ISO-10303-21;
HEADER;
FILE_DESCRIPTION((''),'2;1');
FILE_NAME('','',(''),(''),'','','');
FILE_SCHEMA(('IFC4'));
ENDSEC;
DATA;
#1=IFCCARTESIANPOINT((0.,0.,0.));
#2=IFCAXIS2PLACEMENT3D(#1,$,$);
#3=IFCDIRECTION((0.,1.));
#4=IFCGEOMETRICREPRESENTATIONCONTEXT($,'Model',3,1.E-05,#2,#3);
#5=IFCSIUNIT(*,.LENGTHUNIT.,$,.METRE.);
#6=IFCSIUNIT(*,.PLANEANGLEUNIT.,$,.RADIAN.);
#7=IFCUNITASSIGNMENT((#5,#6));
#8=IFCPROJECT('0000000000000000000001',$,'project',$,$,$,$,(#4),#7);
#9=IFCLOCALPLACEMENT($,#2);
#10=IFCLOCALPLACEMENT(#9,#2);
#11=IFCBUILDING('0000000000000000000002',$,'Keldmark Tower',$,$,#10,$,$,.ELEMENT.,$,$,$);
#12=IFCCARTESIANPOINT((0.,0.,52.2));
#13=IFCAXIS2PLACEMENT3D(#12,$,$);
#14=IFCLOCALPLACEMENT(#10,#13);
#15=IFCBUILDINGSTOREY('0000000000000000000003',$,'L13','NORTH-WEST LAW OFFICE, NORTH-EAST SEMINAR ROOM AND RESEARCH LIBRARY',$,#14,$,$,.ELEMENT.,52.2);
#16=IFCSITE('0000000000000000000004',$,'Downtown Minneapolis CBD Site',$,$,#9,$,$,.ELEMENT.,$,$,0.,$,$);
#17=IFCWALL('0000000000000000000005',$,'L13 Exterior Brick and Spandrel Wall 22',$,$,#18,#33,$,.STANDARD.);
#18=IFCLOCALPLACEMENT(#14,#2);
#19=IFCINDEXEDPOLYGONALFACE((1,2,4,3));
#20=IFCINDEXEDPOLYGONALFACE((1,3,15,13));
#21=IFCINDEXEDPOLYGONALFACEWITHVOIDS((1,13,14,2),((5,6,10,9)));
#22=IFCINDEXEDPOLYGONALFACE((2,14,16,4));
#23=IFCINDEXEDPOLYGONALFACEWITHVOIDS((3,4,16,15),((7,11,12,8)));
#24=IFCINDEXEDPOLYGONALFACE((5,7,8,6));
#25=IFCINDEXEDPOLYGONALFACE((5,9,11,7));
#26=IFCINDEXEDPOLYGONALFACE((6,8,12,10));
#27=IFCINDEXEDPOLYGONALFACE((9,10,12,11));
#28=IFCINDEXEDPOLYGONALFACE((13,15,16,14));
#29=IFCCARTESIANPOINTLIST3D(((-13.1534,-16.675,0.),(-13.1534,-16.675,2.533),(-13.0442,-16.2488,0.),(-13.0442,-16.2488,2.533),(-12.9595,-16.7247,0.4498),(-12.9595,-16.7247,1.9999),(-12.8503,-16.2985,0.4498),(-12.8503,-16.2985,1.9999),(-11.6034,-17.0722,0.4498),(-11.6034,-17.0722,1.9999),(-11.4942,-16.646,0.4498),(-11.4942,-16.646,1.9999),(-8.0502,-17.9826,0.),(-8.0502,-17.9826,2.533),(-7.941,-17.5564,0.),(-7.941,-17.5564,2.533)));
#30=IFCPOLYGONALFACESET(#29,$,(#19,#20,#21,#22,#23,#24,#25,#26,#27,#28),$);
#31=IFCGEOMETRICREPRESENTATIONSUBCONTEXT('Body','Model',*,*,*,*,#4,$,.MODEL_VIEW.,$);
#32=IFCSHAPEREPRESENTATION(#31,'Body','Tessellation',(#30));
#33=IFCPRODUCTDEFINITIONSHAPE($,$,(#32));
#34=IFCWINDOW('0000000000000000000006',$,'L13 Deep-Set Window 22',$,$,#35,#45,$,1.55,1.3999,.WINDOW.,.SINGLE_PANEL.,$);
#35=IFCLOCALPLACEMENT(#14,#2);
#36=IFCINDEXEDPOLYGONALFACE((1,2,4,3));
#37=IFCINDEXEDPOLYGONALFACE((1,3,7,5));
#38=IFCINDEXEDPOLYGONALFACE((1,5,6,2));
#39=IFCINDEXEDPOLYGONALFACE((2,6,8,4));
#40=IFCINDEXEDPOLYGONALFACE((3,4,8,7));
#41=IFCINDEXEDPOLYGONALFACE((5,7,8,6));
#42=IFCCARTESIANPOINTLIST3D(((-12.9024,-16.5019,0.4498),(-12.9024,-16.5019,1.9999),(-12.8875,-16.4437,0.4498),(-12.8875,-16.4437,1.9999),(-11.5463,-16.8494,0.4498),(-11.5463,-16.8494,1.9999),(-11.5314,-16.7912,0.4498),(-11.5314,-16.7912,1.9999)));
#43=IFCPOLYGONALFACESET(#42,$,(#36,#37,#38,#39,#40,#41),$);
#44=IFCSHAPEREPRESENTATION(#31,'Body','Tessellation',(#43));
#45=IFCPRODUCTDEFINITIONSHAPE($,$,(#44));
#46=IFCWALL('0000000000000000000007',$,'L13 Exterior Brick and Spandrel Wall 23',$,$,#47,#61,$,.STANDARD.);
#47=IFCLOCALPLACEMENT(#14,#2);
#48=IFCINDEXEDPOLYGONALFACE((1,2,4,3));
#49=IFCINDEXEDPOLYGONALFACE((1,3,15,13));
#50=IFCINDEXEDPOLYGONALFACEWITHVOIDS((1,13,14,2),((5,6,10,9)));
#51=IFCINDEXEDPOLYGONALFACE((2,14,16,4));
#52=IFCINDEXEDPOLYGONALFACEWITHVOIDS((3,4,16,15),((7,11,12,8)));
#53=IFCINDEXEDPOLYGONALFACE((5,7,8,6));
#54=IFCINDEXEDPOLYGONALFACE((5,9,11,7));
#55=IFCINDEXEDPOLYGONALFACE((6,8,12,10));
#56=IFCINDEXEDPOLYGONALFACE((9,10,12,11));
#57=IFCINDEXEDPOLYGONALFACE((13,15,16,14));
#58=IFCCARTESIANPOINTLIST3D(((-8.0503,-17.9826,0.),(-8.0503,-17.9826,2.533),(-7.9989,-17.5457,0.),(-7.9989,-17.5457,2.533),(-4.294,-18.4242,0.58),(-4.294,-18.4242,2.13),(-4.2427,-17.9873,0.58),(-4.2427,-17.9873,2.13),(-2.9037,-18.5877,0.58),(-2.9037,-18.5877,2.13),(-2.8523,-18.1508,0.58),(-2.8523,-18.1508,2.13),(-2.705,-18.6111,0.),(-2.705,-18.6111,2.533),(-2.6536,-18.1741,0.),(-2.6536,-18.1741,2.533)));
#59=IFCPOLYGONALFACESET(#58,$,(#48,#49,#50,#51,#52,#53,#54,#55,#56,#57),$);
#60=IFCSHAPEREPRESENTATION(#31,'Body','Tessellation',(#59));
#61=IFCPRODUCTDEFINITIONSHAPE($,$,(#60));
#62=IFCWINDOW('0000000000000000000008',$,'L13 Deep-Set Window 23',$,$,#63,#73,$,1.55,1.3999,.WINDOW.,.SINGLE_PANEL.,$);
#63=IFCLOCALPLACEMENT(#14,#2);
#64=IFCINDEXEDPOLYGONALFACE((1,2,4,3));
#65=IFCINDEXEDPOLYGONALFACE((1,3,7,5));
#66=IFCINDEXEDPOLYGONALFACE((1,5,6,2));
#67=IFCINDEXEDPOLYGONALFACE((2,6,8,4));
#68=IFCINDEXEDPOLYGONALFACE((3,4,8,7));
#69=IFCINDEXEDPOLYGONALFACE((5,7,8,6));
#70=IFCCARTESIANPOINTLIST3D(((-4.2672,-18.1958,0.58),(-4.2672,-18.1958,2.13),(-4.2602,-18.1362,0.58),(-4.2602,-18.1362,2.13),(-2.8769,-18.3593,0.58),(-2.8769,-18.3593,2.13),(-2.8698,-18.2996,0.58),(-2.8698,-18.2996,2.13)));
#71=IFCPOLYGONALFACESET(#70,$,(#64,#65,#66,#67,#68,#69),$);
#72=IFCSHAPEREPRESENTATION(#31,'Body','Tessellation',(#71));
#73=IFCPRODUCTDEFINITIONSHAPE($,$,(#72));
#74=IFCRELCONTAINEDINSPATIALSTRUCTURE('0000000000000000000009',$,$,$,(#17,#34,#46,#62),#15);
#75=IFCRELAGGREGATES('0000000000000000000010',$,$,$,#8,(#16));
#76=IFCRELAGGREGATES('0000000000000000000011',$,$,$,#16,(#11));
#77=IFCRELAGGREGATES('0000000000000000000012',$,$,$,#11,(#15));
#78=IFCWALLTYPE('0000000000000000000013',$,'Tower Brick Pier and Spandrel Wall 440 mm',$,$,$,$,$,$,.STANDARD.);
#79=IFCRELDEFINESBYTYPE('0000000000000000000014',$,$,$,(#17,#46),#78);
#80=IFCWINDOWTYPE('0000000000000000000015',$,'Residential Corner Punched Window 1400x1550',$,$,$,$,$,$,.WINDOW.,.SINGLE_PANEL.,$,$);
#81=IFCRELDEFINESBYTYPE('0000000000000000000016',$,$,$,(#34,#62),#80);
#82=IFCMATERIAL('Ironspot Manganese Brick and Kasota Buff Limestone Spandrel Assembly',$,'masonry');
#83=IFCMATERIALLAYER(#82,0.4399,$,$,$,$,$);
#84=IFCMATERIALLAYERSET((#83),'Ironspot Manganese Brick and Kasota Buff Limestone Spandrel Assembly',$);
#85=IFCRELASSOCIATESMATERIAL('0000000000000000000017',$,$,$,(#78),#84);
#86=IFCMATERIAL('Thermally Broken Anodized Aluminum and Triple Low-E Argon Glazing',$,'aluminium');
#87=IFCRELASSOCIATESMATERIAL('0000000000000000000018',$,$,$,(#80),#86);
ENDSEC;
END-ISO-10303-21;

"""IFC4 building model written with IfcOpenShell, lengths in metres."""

from ifc_helpers import new_model, si_unit, direction, frame, frame_2d, origin, place, context, subcontext, project, spatial, rectangle, extrude, material, layer, layer_set, type_object, element, fill, save


model = new_model("IFC4")

# Units and contexts
model_context = context("Model", 3, precision=1e-05, world=origin(), true_north=direction((0.0, 1.0)))
body_context = subcontext(model_context, "Body", "Model", "MODEL_VIEW")
ifc_project = project(units=[si_unit("LENGTHUNIT", "METRE"), si_unit("PLANEANGLEUNIT", "RADIAN")], contexts=[model_context])

# Site, building, storey
site_placement = place(None, origin())
site = spatial("IfcSite", under=ifc_project, at=site_placement, Name="Downtown Minneapolis CBD Site", CompositionType="ELEMENT", RefElevation=0.0)
building_placement = place(site_placement, origin())
building = spatial("IfcBuilding", under=site, at=building_placement, Name="Keldmark Tower", CompositionType="ELEMENT")
storey_placement = place(building_placement, frame((0.0, 0.0, 52.2)))
storey = spatial("IfcBuildingStorey", under=building, at=storey_placement, Name="L13", Description="NORTH-WEST LAW OFFICE, NORTH-EAST SEMINAR ROOM AND RESEARCH LIBRARY", CompositionType="ELEMENT", Elevation=52.2)

# Walls, openings, windows
ifc_material_1 = material(Name="Ironspot Manganese Brick and Kasota Buff Limestone Spandrel Assembly", Category="masonry")
ifc_layer_1 = layer(ifc_material_1, 0.4399)
ifc_layer_set_1 = layer_set([ifc_layer_1], Name="Ironspot Manganese Brick and Kasota Buff Limestone Spandrel Assembly")
wall_type_1 = type_object("IfcWallType", Name="Tower Brick Pier and Spandrel Wall 440 mm", PredefinedType="STANDARD", material=ifc_layer_set_1)
ifc_material_2 = material(Name="Thermally Broken Anodized Aluminum and Triple Low-E Argon Glazing", Category="aluminium")
window_type = type_object("IfcWindowType", Name="Residential Corner Punched Window 1400x1550", PartitioningType="SINGLE_PANEL", PredefinedType="WINDOW", material=ifc_material_2)
wall_1_placement = place(storey_placement, frame((-7.9956, -17.7695, 0.0), z_axis=(0.0, 0.0, 1.0), x_axis=(-0.968706, 0.248213, 0.0)))
wall_1 = element("IfcWall", 1, at=wall_1_placement, inside=storey, type_object=wall_type_1, Name="L13 Exterior Brick and Spandrel Wall 22", PredefinedType="STANDARD", context=body_context, shape_type="SweptSolid", body=[
    extrude(rectangle(XDim=5.2681, YDim=0.4399, at=frame_2d((2.634, 0.0))), origin(), (0.0, 0.0, 1.0), 2.533),
])
opening_1_placement = place(wall_1_placement, frame((3.668, 0.0, 0.45)))
opening_1 = element("IfcOpeningElement", 2, at=opening_1_placement, cuts=wall_1, PredefinedType="OPENING", context=body_context, shape_type="SweptSolid", body=[
    extrude(rectangle(XDim=1.3999, YDim=1.55, at=frame_2d((0.7, 0.7749))), frame((0.0, 0.23, 0.0), z_axis=(0.0, -1.0, 0.0), x_axis=(1.0, 0.0, 0.0)), (0.0, 0.0, 1.0), 0.46),
])
window_1_placement = place(opening_1_placement, origin())
window_1 = element("IfcWindow", 3, at=window_1_placement, inside=storey, type_object=window_type, Name="L13 Deep-Set Window 22", OverallHeight=1.55, OverallWidth=1.3999, PartitioningType="SINGLE_PANEL", PredefinedType="WINDOW", context=body_context, shape_type="SweptSolid", body=[
    extrude(rectangle(XDim=1.3999, YDim=1.55, at=frame_2d((0.7, 0.7749))), frame((0.0, -0.01, 0.0), z_axis=(0.0, -1.0, 0.0), x_axis=(1.0, 0.0, 0.0)), (0.0, 0.0, 1.0), 0.0601),
])
fill(opening_1, window_1)
wall_2_placement = place(storey_placement, frame((-2.6794, -18.3926, 0.0), z_axis=(0.0, 0.0, 1.0), x_axis=(-0.99316, 0.116762, 0.0)))
wall_2 = element("IfcWall", 4, at=wall_2_placement, inside=storey, type_object=wall_type_1, Name="L13 Exterior Brick and Spandrel Wall 23", PredefinedType="STANDARD", context=body_context, shape_type="SweptSolid", body=[
    extrude(rectangle(XDim=5.3821, YDim=0.4399, at=frame_2d((2.6909, 0.0))), origin(), (0.0, 0.0, 1.0), 2.533),
])
opening_2_placement = place(wall_2_placement, frame((0.2, 0.0, 0.5801)))
opening_2 = element("IfcOpeningElement", 5, at=opening_2_placement, cuts=wall_2, PredefinedType="OPENING", context=body_context, shape_type="SweptSolid", body=[
    extrude(rectangle(XDim=1.3999, YDim=1.55, at=frame_2d((0.7, 0.7749))), frame((0.0, 0.23, 0.0), z_axis=(0.0, -1.0, 0.0), x_axis=(1.0, 0.0, 0.0)), (0.0, 0.0, 1.0), 0.46),
])
window_2_placement = place(opening_2_placement, origin())
window_2 = element("IfcWindow", 6, at=window_2_placement, inside=storey, type_object=window_type, Name="L13 Deep-Set Window 23", OverallHeight=1.55, OverallWidth=1.3999, PartitioningType="SINGLE_PANEL", PredefinedType="WINDOW", context=body_context, shape_type="SweptSolid", body=[
    extrude(rectangle(XDim=1.3999, YDim=1.55, at=frame_2d((0.7, 0.7749))), frame((0.0, -0.01, 0.0), z_axis=(0.0, -1.0, 0.0), x_axis=(1.0, 0.0, 0.0)), (0.0, 0.0, 1.0), 0.0601),
])
fill(opening_2, window_2)

save(model, "model.ifc")
